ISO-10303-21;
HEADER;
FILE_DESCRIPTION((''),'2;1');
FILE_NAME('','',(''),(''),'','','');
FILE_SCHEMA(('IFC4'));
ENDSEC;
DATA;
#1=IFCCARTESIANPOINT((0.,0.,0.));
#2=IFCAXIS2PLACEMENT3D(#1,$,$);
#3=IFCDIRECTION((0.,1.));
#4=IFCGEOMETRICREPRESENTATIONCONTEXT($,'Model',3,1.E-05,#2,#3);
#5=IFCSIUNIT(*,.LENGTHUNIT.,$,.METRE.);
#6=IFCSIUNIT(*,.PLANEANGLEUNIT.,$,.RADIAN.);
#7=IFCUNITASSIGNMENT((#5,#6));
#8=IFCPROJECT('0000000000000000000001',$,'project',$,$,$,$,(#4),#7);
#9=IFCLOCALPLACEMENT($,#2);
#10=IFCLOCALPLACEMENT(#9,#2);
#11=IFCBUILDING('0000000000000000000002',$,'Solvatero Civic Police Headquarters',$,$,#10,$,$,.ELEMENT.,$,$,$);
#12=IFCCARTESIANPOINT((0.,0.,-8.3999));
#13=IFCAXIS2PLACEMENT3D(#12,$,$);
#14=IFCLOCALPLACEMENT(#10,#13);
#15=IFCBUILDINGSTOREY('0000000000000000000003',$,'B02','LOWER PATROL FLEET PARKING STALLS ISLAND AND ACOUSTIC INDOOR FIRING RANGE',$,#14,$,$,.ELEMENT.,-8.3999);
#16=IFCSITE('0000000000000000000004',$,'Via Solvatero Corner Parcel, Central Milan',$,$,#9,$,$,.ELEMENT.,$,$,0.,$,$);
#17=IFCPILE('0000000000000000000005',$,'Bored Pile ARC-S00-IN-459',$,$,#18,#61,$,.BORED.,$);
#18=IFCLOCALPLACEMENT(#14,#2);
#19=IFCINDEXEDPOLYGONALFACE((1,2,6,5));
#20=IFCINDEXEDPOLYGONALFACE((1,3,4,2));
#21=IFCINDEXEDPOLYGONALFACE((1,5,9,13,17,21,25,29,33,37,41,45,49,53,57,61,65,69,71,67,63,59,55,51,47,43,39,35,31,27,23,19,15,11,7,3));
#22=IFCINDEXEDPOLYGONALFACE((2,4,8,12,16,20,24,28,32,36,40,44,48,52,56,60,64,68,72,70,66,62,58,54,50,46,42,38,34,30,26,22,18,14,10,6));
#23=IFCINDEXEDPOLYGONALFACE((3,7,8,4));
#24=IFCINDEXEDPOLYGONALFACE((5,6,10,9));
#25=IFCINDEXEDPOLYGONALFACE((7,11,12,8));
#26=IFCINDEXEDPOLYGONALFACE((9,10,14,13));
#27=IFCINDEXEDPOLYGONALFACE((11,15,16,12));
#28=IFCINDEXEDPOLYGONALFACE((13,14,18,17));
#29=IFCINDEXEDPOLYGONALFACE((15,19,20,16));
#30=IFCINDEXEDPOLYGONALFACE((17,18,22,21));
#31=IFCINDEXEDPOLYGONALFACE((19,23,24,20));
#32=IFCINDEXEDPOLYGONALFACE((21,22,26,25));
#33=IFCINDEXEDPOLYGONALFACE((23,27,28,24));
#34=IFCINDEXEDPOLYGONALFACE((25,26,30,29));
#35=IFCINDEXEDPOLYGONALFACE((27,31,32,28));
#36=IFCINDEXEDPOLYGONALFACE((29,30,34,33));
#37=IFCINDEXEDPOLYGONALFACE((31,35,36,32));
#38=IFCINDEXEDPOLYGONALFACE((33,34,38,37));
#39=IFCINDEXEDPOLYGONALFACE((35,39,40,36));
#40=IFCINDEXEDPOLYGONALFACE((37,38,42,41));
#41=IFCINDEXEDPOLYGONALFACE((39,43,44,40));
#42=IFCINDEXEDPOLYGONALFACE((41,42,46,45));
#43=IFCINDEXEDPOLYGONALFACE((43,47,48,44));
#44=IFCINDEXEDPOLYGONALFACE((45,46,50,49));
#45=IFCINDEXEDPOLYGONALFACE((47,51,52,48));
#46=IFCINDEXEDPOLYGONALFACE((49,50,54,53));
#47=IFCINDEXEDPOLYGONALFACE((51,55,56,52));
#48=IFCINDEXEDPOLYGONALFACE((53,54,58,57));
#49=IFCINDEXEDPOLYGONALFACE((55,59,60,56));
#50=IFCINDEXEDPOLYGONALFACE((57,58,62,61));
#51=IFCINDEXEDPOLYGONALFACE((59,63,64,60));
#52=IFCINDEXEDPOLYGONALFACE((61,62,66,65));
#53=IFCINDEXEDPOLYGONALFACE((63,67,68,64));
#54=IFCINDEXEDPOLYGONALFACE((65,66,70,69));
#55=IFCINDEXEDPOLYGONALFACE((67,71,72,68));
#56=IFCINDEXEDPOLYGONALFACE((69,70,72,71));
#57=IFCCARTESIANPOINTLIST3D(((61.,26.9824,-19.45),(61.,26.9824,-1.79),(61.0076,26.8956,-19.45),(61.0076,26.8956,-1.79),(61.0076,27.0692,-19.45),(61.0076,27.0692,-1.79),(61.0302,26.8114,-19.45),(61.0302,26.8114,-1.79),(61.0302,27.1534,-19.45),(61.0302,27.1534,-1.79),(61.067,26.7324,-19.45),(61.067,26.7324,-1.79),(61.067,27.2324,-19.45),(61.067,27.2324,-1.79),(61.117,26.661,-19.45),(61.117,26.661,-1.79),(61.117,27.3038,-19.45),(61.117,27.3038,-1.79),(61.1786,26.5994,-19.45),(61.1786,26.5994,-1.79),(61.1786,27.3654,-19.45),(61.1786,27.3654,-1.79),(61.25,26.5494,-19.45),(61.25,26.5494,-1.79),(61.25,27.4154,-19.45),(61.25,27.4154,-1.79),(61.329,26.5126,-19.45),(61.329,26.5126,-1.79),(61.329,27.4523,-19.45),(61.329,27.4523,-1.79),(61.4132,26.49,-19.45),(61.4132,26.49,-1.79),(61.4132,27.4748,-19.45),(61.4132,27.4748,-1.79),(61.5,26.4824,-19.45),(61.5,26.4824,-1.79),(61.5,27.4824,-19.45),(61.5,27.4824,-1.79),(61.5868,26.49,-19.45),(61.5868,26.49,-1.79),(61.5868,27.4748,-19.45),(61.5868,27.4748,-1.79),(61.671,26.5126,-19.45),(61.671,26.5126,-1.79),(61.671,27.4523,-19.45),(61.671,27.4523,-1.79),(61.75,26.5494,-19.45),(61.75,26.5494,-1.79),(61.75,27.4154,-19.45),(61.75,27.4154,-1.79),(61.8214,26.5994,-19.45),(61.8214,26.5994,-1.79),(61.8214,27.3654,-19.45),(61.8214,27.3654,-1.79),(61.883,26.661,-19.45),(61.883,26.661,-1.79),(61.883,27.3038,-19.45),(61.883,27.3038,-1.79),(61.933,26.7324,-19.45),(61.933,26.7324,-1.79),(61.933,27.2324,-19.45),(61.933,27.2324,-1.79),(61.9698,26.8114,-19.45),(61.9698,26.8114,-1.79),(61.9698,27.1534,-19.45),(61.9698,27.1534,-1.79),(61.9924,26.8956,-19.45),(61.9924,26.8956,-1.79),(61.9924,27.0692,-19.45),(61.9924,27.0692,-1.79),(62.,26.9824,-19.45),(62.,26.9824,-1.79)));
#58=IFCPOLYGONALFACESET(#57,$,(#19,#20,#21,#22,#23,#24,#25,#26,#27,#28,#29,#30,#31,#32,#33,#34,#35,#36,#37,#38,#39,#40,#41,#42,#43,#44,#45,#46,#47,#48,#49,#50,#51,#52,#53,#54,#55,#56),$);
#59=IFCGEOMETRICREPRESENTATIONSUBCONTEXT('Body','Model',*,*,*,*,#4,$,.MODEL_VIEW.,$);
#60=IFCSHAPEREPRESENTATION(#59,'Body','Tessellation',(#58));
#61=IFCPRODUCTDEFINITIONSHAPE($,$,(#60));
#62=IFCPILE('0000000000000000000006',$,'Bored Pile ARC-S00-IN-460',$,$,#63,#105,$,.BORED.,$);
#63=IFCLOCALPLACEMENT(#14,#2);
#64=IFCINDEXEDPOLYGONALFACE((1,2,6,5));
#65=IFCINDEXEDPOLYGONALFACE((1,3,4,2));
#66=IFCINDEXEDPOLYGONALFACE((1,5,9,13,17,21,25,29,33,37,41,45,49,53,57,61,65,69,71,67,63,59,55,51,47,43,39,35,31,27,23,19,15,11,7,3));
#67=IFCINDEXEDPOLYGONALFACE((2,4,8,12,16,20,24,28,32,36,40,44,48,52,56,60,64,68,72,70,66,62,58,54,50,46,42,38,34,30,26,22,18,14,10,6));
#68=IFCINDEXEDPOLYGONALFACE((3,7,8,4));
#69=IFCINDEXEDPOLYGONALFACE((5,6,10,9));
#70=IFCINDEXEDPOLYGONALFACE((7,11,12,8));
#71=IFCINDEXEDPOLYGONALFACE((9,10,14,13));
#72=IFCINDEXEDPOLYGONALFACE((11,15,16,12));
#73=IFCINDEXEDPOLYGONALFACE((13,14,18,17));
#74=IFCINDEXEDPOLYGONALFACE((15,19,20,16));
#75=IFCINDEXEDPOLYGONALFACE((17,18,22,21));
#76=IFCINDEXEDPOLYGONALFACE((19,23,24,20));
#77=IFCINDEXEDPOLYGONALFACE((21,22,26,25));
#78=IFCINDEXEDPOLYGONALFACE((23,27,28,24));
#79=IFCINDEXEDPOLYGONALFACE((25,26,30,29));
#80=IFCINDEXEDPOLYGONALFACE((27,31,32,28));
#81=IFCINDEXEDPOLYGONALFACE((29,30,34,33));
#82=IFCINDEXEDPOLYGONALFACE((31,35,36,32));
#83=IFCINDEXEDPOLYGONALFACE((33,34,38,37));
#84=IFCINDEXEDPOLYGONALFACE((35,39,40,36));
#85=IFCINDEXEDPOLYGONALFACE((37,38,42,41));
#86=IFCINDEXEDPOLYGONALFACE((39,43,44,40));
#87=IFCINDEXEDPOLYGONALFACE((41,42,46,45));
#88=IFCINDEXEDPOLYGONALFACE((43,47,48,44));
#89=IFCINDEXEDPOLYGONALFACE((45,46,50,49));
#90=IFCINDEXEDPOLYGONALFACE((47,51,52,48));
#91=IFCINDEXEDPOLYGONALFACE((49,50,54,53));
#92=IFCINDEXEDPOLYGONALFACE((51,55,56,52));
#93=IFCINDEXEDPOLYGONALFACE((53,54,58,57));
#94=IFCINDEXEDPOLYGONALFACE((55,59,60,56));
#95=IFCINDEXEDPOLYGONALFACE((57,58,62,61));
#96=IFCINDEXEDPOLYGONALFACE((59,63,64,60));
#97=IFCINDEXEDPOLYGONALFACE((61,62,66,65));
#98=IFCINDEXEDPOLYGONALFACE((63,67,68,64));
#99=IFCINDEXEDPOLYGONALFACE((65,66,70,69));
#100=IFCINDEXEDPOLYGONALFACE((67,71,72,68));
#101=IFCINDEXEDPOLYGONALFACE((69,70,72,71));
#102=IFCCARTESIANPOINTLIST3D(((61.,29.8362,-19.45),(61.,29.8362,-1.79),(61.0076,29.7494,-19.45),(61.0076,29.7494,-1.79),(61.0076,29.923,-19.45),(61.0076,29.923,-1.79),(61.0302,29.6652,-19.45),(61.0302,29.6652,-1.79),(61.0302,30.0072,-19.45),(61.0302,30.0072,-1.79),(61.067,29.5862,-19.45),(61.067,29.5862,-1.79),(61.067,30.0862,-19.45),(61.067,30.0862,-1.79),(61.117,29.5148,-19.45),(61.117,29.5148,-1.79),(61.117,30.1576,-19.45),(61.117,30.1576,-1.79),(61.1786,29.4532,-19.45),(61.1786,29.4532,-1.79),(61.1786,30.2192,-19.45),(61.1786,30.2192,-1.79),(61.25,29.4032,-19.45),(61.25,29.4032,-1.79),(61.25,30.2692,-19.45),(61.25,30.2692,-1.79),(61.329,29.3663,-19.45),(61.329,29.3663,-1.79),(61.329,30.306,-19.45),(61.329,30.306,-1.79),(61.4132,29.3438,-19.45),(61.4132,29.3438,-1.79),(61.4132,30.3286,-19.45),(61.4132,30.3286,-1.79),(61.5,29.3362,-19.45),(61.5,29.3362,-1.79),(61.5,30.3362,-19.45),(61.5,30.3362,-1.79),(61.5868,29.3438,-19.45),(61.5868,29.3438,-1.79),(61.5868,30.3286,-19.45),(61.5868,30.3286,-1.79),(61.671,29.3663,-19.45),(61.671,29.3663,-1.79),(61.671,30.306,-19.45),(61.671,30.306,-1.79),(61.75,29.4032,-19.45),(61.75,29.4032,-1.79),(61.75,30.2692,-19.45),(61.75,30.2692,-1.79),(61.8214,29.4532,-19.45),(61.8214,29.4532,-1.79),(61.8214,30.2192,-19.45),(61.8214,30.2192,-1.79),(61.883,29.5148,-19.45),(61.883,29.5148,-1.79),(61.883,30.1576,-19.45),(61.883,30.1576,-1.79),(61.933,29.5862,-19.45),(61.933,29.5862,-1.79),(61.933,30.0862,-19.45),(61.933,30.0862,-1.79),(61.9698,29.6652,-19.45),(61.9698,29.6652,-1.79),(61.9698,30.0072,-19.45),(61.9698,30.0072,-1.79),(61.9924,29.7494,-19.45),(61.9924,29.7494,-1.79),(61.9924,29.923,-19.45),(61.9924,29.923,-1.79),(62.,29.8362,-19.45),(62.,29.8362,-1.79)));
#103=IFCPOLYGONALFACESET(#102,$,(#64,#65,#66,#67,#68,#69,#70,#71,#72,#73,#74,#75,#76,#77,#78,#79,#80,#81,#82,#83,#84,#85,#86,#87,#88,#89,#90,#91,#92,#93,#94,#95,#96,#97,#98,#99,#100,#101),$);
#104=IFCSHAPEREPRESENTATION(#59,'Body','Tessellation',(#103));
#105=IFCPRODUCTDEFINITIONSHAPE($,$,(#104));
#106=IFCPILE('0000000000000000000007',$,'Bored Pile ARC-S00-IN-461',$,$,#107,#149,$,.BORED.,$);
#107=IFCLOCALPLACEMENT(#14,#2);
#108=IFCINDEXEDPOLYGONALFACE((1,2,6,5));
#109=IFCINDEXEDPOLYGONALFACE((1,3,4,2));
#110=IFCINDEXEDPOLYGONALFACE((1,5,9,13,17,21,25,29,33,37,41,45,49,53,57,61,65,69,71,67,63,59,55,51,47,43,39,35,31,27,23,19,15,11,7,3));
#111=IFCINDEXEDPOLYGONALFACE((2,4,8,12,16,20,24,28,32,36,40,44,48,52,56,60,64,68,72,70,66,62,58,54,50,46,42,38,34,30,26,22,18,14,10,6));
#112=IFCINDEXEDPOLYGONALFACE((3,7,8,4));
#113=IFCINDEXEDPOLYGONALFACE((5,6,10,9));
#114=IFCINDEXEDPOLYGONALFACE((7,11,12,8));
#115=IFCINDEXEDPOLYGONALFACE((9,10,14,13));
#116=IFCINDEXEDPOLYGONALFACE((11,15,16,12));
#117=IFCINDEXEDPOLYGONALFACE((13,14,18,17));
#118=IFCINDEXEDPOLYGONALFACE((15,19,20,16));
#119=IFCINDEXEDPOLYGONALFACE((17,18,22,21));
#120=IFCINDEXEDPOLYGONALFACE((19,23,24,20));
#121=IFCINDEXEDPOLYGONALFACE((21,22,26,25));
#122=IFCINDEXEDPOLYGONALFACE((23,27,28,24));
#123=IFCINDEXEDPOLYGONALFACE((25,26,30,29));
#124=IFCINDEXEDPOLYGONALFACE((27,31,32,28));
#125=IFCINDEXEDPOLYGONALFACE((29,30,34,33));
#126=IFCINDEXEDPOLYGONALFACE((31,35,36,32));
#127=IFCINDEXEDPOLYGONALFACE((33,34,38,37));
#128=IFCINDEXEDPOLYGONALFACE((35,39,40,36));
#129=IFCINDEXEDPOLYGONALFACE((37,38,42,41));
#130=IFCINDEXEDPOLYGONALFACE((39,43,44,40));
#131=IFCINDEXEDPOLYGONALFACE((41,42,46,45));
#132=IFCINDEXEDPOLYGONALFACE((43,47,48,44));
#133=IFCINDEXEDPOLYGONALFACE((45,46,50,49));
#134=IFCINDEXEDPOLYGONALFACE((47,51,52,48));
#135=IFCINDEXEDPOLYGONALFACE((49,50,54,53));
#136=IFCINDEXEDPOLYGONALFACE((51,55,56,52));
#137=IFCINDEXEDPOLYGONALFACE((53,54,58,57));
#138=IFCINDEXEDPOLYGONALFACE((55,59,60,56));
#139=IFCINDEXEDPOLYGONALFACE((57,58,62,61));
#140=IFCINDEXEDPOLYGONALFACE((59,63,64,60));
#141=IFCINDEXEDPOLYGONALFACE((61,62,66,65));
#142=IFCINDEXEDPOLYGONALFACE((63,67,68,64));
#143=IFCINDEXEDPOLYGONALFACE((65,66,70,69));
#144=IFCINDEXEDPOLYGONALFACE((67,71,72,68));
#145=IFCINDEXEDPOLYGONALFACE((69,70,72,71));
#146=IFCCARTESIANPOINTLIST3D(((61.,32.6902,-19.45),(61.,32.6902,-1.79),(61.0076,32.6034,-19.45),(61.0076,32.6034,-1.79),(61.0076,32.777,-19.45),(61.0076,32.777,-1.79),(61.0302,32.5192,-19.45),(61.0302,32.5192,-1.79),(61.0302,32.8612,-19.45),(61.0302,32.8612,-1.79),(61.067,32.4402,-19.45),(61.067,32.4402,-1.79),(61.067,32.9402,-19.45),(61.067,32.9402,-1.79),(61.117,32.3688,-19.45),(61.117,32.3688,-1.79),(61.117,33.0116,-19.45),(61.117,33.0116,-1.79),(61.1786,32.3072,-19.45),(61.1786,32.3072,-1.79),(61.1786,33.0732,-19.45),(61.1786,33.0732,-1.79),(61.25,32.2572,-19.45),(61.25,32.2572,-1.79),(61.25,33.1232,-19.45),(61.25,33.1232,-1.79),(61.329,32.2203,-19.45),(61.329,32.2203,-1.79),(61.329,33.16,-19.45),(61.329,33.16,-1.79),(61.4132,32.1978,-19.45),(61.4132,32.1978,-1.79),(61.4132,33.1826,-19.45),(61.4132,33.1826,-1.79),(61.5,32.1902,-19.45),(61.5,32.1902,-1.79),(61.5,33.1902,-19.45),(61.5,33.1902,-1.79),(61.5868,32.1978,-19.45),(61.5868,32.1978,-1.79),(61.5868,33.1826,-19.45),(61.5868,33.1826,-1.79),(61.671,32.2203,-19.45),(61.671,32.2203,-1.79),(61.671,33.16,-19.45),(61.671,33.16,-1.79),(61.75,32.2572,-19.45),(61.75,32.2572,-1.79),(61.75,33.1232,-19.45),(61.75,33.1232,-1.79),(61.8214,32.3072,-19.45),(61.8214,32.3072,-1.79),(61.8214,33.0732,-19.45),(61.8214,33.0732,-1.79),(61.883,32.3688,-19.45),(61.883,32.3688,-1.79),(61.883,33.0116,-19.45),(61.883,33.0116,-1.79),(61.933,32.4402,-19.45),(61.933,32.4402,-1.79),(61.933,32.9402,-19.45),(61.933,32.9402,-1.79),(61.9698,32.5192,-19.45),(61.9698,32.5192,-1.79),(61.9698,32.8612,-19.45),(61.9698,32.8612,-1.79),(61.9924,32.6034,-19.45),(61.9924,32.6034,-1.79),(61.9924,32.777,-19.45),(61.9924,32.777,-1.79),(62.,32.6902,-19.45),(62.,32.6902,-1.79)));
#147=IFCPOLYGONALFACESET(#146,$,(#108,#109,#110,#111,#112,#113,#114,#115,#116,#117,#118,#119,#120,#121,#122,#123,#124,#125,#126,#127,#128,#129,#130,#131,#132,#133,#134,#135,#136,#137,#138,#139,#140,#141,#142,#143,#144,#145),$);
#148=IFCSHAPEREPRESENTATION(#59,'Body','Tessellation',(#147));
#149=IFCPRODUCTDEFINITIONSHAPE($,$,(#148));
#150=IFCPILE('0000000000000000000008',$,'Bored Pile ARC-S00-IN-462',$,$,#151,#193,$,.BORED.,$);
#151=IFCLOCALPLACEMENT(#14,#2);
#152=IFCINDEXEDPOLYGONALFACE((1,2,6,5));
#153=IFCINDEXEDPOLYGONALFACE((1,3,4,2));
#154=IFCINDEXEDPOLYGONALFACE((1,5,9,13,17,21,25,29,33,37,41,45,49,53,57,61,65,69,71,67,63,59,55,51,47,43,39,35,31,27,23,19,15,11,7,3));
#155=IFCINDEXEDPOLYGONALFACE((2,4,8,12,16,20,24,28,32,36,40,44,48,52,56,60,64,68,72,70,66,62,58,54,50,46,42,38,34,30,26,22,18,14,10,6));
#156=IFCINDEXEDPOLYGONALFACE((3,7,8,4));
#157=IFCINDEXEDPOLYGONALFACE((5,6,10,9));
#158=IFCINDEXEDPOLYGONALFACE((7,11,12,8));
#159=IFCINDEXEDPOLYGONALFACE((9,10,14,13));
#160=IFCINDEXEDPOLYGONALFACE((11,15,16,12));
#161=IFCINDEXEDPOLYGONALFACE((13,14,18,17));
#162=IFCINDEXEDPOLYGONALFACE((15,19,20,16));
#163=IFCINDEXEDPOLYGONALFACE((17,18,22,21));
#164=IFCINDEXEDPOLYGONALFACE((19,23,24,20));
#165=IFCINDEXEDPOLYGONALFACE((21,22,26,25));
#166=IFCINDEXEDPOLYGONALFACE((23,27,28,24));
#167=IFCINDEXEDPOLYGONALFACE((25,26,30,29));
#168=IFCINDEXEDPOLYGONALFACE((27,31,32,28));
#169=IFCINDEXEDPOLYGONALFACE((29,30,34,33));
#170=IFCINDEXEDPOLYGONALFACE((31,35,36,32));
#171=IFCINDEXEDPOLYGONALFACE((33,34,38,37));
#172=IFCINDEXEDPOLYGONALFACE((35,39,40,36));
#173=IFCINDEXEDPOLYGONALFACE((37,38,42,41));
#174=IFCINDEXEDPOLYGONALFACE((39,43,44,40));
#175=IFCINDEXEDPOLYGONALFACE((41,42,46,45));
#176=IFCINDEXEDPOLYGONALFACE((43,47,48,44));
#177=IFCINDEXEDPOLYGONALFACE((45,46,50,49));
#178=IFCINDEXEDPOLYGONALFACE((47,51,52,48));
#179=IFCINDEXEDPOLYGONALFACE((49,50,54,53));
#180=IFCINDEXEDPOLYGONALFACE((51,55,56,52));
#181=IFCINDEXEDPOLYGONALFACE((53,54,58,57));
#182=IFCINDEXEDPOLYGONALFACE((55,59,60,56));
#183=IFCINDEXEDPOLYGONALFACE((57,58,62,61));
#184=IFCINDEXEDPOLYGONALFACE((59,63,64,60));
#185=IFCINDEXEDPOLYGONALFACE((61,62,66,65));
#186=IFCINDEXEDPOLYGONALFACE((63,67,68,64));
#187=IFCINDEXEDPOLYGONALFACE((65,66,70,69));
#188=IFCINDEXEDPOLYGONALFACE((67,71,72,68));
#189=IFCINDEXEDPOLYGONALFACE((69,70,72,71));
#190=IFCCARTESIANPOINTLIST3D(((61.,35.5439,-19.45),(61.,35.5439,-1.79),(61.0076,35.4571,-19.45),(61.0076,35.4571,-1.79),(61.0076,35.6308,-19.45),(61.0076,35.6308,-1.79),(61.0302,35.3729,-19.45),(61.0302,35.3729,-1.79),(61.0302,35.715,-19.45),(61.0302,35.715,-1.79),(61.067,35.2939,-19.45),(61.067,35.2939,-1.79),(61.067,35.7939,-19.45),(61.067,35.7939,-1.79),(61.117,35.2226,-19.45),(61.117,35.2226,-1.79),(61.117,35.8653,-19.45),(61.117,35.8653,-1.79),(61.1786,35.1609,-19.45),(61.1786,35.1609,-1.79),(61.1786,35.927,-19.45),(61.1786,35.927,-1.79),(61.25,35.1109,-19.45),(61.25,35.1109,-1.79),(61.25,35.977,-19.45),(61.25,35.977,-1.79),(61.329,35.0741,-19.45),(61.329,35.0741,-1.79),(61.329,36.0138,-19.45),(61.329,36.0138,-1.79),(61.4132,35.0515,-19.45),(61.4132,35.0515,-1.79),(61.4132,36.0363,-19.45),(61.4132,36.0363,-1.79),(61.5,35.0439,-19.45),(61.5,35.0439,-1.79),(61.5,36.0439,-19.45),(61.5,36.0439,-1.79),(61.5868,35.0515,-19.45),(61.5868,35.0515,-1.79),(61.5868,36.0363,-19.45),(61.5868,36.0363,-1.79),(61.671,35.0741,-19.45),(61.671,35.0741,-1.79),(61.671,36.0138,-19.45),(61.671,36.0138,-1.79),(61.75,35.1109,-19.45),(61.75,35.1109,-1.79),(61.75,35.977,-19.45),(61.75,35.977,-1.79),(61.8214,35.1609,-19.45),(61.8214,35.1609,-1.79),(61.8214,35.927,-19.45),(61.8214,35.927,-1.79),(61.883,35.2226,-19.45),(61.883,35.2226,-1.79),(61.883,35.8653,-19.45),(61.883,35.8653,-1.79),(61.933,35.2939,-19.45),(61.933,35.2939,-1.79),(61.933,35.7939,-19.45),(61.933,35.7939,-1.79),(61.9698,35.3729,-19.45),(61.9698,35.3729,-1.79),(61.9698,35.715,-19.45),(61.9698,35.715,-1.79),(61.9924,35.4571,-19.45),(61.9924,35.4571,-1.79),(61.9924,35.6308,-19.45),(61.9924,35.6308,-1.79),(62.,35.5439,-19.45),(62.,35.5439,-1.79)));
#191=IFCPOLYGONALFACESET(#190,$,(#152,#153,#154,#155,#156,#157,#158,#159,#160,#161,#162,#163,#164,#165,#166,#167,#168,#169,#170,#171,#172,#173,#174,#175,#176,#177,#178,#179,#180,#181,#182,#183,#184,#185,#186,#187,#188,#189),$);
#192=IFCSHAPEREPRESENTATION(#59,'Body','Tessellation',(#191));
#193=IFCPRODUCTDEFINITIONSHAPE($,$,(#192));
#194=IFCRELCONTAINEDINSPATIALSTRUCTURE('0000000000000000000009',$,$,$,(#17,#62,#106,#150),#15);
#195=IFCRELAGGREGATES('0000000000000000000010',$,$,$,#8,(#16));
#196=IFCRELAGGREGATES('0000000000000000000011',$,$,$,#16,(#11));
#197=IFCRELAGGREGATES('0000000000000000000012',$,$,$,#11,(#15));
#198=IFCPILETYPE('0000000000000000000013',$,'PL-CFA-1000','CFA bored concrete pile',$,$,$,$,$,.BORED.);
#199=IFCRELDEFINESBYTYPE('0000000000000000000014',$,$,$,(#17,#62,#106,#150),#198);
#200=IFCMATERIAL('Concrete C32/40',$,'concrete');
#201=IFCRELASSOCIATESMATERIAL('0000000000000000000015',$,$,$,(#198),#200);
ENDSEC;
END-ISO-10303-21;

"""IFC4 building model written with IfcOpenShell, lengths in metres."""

from ifc_helpers import new_model, si_unit, direction, frame, origin, origin_2d, place, context, subcontext, project, spatial, circle, extrude, material, material_profile, profile_set, type_object, element, save


model = new_model("IFC4")

# Units and contexts
model_context = context("Model", 3, precision=1e-05, world=origin(), true_north=direction((0.0, 1.0)))
body_context = subcontext(model_context, "Body", "Model", "MODEL_VIEW")
ifc_project = project(units=[si_unit("LENGTHUNIT", "METRE"), si_unit("PLANEANGLEUNIT", "RADIAN")], contexts=[model_context])

# Site, building, storey
site_placement = place(None, origin())
site = spatial("IfcSite", under=ifc_project, at=site_placement, Name="Via Solvatero Corner Parcel, Central Milan", CompositionType="ELEMENT", RefElevation=0.0)
building_placement = place(site_placement, origin())
building = spatial("IfcBuilding", under=site, at=building_placement, Name="Solvatero Civic Police Headquarters", CompositionType="ELEMENT")
storey_placement = place(building_placement, frame((0.0, 0.0, -8.3999)))
storey = spatial("IfcBuildingStorey", under=building, at=storey_placement, Name="B02", Description="LOWER PATROL FLEET PARKING STALLS ISLAND AND ACOUSTIC INDOOR FIRING RANGE", CompositionType="ELEMENT", Elevation=-8.3999)

# Piles
ifc_material_1 = material(Name="Concrete C32/40", Category="concrete")
ifc_material_profile_1 = material_profile(ifc_material_1, circle(Radius=0.5, at=origin_2d()), Name="CFA PILE D1000")
ifc_profile_set_1 = profile_set([ifc_material_profile_1], Name="Concrete C32/40")
pile_type = type_object("IfcPileType", Name="PL-CFA-1000", Description="CFA bored concrete pile", PredefinedType="BORED", material=ifc_profile_set_1)
for number, where, z_axis, x_axis, name in (
    (1, (61.5, 26.9824, -1.79), (0.0, 0.0, -1.0), (1.0, 0.0, 0.0), "Bored Pile ARC-S00-IN-459"),
    (2, (61.5, 29.8362, -1.79), (0.0, 0.0, -1.0), (1.0, 0.0, 0.0), "Bored Pile ARC-S00-IN-460"),
    (3, (61.5, 32.6902, -1.79), (0.0, 0.0, -1.0), (1.0, 0.0, 0.0), "Bored Pile ARC-S00-IN-461"),
    (4, (61.5, 35.5439, -1.79), (0.0, 0.0, -1.0), (1.0, 0.0, 0.0), "Bored Pile ARC-S00-IN-462"),
):
    element("IfcPile", number, at=place(storey_placement, frame(where, z_axis=z_axis, x_axis=x_axis)), inside=storey, type_object=pile_type, Name=name, PredefinedType="BORED", context=body_context, shape_type="SweptSolid", body=[
        extrude(circle(Radius=0.5, at=origin_2d()), origin(), (0.0, 0.0, 1.0), 17.6599),
    ])

save(model, "model.ifc")
